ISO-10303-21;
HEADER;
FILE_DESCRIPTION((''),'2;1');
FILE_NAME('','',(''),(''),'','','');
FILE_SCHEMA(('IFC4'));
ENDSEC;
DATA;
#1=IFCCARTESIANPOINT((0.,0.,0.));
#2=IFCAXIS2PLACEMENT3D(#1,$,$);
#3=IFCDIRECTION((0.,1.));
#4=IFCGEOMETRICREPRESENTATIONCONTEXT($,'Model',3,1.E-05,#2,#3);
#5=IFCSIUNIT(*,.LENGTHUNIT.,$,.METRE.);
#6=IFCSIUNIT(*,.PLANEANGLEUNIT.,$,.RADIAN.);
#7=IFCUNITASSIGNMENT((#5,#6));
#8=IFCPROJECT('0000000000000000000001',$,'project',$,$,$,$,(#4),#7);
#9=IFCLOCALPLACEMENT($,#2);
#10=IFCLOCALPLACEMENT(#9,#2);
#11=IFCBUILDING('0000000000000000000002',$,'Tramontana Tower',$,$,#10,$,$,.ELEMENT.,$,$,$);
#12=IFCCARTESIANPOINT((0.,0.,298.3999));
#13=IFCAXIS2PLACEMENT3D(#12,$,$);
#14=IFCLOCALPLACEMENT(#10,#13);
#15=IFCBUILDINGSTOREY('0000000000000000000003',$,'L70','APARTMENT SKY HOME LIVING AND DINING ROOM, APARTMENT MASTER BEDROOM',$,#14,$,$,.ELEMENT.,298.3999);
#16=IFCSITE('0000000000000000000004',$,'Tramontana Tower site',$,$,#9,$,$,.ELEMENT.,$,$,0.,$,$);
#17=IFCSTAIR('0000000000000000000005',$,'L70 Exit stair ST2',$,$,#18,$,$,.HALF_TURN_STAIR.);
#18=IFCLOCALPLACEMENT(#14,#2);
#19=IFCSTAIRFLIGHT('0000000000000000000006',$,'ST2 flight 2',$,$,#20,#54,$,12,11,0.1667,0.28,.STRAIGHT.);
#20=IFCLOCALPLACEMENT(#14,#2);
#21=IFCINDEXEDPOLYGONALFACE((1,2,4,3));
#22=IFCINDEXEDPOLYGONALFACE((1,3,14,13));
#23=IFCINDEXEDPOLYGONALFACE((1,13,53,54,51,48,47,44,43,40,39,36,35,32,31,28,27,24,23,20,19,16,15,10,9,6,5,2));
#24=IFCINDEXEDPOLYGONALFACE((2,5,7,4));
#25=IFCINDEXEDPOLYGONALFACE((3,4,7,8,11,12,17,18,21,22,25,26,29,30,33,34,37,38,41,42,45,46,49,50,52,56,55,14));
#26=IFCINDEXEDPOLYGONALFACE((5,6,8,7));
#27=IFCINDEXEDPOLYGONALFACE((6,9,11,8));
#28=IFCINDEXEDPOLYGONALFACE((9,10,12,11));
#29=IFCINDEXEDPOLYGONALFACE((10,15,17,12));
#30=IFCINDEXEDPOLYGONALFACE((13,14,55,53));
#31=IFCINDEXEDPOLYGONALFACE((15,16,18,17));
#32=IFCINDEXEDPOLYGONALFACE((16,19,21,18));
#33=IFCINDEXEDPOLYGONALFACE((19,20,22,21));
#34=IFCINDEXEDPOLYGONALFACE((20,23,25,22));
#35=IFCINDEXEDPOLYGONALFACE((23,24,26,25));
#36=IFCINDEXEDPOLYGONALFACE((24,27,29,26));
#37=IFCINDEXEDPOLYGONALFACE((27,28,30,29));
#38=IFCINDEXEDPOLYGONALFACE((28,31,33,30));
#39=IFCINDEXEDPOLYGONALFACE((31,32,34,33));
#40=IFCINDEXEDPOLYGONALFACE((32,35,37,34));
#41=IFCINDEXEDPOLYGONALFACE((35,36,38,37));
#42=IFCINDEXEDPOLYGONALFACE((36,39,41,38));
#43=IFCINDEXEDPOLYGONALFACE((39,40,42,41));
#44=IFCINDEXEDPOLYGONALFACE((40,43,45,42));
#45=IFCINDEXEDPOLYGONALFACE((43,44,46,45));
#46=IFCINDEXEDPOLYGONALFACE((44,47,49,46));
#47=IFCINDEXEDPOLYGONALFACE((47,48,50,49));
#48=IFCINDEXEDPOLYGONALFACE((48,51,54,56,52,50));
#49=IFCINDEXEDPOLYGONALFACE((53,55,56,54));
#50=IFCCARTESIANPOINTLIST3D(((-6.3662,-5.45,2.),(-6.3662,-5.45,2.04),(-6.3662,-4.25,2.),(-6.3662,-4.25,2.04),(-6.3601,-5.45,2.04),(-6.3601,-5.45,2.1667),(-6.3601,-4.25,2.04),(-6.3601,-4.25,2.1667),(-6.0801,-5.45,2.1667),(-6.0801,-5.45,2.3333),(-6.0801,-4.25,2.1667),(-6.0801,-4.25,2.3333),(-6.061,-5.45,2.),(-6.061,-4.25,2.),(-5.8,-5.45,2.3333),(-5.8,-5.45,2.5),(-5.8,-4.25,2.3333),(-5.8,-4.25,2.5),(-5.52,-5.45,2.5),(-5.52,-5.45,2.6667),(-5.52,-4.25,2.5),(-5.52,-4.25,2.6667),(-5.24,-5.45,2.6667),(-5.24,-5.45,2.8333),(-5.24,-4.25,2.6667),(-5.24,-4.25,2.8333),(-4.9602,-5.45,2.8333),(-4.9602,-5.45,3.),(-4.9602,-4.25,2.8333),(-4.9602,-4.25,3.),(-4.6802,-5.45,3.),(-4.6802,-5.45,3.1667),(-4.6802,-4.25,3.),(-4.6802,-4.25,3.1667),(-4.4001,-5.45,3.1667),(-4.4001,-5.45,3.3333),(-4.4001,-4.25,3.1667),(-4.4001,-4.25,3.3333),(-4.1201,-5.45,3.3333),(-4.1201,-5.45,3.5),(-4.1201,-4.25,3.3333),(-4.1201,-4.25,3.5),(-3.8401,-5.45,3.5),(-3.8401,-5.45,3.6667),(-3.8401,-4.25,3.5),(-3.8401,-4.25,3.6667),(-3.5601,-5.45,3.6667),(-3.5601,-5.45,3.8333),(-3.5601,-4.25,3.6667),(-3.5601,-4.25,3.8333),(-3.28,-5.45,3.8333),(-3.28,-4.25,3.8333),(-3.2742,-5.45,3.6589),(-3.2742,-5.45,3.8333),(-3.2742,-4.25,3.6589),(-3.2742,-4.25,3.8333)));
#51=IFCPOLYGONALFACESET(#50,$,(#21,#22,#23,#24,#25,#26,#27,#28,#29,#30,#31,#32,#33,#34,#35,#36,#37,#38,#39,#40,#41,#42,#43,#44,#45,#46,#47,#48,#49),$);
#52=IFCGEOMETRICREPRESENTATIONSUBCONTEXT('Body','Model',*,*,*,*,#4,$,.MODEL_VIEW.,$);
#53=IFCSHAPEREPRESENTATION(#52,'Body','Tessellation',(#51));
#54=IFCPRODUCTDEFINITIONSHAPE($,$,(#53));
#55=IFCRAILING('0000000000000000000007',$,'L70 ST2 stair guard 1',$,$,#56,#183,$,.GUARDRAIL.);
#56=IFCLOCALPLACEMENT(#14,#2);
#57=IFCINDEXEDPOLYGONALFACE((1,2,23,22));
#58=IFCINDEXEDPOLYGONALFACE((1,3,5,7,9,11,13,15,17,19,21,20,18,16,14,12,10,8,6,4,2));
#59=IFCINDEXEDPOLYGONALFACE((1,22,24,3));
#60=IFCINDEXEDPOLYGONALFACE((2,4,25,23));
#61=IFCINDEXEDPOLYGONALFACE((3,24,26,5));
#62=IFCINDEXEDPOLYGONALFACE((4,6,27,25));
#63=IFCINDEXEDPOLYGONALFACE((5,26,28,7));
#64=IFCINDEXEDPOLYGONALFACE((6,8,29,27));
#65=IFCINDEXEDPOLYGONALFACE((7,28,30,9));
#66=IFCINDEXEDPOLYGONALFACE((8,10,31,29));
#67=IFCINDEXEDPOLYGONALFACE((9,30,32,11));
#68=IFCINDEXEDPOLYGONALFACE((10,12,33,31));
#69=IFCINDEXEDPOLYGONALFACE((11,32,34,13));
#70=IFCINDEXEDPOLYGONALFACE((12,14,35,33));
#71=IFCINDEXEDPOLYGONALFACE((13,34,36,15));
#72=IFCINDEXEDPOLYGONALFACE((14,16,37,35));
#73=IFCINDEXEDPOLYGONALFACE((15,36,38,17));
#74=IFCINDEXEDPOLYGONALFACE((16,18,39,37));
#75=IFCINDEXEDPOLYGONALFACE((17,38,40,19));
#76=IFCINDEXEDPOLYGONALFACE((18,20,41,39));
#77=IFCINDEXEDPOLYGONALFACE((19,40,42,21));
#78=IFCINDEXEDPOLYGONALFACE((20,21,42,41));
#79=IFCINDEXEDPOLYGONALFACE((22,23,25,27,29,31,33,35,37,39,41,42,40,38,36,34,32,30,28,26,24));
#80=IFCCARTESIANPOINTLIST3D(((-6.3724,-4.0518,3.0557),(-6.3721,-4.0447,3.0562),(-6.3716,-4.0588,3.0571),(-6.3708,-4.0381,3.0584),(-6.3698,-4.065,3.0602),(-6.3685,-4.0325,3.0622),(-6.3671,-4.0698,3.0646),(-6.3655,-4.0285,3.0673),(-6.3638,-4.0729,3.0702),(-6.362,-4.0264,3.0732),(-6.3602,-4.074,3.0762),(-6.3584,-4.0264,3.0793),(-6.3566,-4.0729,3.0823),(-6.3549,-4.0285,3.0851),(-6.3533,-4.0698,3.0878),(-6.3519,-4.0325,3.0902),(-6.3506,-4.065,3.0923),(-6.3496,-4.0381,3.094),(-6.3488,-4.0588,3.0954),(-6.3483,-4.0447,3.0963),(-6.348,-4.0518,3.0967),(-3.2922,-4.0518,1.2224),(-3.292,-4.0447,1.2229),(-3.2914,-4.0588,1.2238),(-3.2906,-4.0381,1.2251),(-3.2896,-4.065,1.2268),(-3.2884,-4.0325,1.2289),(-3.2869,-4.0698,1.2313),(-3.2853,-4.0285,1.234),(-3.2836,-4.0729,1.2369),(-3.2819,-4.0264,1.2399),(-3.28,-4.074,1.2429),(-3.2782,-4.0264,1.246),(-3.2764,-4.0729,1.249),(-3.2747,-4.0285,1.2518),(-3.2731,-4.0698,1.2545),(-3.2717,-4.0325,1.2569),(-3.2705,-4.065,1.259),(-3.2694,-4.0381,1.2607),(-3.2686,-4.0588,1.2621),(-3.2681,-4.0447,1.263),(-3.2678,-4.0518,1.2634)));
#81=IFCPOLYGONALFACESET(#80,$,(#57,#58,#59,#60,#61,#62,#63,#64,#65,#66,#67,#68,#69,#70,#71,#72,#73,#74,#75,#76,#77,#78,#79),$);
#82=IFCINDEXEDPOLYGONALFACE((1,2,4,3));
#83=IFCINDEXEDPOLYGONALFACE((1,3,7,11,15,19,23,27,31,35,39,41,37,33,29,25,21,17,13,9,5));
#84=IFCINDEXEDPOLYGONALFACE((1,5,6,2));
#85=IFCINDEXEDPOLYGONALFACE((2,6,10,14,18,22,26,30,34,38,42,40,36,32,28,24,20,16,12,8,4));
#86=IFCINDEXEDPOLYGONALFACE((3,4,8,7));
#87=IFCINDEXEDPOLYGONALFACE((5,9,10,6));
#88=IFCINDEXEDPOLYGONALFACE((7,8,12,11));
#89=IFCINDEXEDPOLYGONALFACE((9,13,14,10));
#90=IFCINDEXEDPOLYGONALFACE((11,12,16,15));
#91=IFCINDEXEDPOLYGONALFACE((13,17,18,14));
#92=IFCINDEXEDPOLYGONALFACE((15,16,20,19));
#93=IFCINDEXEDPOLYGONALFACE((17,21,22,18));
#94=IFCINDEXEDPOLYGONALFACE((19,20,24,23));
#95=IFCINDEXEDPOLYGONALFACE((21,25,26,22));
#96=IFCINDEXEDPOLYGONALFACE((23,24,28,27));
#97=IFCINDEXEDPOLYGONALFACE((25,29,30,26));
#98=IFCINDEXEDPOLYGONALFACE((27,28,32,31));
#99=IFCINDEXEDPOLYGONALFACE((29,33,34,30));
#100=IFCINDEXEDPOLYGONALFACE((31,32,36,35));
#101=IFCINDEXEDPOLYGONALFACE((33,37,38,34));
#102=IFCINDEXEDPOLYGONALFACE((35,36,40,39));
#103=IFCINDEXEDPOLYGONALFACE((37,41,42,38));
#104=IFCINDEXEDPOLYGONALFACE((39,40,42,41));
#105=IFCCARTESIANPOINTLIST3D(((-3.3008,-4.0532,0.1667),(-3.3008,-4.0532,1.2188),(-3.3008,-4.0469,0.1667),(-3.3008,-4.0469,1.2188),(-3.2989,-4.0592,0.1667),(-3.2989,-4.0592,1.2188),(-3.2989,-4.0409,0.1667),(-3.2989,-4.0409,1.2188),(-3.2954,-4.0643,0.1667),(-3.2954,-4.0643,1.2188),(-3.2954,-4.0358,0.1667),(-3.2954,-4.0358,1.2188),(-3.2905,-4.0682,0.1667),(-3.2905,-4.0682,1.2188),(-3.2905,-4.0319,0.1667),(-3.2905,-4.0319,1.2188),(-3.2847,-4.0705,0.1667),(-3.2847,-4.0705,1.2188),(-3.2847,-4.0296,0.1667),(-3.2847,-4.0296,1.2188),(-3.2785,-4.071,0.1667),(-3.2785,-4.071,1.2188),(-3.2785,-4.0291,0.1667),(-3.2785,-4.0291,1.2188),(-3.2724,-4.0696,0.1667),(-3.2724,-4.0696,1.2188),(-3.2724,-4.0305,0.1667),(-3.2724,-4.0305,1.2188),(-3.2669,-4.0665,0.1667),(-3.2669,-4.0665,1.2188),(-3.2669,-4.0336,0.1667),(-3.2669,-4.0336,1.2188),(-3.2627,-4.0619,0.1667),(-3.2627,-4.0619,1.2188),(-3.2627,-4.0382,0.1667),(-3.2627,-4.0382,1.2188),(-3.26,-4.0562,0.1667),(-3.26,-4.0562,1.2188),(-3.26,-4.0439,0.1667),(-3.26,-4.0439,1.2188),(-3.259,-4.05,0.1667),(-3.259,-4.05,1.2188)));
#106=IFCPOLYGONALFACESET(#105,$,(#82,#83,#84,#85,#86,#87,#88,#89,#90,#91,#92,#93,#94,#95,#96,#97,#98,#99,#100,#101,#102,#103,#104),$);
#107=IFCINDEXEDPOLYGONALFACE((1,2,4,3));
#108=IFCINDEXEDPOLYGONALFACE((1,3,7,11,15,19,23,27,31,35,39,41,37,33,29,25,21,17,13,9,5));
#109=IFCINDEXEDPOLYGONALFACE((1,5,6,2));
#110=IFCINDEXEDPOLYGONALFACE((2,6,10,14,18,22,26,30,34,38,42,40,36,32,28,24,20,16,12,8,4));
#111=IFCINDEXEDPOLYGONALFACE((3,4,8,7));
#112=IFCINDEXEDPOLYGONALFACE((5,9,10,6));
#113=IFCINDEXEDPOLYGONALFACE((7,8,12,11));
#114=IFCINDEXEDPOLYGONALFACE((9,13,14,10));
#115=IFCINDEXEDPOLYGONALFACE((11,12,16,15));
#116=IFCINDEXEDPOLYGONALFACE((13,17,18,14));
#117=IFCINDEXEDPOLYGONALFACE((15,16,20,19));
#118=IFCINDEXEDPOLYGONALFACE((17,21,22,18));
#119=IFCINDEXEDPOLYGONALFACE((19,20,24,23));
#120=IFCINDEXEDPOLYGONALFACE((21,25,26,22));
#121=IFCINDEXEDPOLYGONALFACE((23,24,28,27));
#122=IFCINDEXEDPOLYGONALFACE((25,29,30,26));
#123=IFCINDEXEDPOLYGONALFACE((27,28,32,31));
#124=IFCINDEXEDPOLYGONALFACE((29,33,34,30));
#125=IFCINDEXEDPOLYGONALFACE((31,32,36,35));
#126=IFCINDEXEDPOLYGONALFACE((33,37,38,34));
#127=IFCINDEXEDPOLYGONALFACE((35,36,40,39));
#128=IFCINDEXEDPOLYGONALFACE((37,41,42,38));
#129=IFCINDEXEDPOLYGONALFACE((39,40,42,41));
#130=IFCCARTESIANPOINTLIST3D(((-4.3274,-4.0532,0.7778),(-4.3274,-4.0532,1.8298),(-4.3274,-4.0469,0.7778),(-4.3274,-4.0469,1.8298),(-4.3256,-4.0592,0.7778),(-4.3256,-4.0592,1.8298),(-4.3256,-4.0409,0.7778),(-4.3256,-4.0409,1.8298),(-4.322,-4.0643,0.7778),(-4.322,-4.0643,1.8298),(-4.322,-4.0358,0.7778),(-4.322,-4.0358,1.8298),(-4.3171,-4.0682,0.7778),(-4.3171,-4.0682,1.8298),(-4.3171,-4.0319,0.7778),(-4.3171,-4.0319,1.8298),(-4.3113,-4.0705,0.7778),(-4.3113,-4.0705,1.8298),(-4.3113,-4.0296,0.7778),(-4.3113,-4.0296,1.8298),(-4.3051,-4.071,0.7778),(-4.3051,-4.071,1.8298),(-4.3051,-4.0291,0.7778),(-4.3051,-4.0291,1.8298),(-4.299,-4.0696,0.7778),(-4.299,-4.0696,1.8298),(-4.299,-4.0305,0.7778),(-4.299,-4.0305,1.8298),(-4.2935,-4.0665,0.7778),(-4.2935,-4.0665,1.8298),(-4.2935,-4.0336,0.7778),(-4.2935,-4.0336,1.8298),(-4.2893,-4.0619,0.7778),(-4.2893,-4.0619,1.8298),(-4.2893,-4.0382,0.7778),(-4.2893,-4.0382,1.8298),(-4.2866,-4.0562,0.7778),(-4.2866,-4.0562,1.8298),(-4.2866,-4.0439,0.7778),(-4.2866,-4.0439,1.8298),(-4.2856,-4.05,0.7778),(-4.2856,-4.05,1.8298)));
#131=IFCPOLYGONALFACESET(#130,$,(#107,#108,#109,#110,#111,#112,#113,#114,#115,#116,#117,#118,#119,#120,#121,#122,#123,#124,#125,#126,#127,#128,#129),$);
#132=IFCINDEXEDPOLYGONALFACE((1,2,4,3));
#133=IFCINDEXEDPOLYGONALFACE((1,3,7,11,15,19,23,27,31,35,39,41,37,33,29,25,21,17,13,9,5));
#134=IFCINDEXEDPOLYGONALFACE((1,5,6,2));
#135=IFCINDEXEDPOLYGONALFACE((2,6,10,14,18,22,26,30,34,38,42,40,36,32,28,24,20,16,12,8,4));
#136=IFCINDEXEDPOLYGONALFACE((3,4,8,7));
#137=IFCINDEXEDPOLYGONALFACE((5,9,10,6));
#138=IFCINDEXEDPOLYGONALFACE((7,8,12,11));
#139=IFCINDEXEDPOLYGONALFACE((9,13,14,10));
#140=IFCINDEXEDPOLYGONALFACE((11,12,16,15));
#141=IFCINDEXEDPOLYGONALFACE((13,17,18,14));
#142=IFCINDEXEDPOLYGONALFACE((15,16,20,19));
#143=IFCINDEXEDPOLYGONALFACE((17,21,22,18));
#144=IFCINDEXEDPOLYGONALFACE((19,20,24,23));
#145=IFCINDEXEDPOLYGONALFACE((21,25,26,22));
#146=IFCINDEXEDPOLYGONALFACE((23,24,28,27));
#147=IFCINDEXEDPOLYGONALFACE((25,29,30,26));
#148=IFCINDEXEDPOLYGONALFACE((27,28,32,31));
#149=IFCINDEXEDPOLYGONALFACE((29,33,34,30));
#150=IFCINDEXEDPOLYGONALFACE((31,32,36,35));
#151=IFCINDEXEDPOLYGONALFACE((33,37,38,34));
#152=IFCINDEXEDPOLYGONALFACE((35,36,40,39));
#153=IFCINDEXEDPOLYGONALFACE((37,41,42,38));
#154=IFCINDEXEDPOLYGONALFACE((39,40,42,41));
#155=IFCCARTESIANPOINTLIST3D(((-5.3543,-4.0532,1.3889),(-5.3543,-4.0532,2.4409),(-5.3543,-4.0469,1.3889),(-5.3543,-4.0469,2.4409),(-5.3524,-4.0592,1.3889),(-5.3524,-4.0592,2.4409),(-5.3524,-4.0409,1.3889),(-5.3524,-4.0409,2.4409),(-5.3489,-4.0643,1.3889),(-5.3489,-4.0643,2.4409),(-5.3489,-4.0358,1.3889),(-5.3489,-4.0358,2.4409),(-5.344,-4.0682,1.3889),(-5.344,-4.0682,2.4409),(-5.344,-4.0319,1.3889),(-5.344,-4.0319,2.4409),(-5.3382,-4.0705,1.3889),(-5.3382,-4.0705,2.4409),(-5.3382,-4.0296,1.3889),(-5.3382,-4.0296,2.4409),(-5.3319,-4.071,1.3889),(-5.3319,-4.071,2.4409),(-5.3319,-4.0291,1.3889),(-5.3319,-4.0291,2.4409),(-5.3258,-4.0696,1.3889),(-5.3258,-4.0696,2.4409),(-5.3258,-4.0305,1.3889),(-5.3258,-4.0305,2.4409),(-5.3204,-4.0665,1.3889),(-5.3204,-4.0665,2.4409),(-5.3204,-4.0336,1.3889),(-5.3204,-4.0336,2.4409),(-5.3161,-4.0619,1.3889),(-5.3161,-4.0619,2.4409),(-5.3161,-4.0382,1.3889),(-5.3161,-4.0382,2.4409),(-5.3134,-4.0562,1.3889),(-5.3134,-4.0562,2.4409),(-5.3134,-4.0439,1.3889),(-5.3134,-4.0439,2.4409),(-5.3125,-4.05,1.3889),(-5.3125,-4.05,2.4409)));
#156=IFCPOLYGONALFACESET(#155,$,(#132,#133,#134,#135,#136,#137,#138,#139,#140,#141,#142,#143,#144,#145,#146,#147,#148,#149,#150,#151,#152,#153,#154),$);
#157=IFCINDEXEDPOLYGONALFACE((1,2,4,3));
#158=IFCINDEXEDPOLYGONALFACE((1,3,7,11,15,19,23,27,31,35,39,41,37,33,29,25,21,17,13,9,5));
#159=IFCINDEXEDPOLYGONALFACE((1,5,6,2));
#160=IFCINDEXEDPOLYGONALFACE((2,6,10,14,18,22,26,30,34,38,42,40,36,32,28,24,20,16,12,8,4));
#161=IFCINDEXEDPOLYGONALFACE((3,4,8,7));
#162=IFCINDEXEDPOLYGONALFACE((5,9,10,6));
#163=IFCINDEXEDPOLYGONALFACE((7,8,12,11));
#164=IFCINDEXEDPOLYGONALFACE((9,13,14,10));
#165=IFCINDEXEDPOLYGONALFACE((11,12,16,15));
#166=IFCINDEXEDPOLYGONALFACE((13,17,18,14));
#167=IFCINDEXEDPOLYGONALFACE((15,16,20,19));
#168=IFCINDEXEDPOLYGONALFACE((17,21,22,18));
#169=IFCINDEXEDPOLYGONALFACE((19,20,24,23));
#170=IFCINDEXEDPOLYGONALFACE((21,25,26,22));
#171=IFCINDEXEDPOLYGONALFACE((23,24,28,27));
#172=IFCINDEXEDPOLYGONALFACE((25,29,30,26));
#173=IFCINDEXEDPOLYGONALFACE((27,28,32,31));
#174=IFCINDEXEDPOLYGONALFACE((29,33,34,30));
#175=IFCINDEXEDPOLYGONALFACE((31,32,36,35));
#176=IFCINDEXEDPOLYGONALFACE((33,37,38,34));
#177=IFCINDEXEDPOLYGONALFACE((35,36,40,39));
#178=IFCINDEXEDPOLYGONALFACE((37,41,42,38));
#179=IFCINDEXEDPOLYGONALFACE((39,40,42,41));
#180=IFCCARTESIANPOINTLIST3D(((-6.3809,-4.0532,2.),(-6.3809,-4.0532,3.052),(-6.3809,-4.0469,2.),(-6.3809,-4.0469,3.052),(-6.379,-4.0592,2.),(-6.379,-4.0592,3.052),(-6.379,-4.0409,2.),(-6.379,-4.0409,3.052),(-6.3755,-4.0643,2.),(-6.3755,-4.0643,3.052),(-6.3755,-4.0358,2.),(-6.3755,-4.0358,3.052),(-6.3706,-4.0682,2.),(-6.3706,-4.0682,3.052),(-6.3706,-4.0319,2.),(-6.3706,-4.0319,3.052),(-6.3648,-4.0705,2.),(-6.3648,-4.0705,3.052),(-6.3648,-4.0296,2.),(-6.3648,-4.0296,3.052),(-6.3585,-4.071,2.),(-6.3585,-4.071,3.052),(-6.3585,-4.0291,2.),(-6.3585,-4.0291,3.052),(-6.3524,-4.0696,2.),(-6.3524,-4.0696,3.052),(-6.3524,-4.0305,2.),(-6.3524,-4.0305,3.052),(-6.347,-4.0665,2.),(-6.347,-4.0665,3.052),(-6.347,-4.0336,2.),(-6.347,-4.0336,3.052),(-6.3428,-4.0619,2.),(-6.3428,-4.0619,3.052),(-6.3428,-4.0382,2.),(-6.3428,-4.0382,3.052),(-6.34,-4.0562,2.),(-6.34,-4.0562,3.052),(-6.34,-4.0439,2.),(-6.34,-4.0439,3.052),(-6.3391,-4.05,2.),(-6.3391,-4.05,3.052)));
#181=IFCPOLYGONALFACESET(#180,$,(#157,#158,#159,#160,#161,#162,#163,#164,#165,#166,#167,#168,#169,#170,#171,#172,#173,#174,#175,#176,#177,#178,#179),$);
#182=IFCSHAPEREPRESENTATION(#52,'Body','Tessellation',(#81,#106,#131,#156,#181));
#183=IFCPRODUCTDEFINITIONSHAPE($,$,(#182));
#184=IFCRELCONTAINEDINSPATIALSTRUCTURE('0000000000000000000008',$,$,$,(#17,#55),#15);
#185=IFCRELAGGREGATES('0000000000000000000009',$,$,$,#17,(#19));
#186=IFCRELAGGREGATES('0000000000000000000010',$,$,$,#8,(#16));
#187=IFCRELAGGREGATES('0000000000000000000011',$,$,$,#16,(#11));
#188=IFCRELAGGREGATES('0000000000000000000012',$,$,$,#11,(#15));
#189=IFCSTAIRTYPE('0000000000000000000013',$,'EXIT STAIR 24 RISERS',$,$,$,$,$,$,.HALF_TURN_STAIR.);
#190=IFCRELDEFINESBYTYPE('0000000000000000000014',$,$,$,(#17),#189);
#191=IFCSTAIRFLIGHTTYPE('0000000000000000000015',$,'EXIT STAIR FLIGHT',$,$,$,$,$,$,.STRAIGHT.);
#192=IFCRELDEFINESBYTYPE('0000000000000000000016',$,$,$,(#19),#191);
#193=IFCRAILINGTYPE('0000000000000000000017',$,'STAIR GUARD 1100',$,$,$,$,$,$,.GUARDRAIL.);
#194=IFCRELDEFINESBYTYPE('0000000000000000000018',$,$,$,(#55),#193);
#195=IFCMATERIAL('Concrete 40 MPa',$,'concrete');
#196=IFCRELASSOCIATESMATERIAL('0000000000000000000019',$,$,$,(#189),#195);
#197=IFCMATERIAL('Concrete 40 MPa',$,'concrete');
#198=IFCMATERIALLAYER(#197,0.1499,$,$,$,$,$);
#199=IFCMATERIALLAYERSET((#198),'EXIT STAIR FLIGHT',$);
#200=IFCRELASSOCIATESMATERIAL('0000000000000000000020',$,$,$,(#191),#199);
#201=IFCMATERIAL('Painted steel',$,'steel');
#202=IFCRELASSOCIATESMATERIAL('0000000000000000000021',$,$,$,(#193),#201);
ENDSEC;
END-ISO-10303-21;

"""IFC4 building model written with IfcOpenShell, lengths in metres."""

from ifc_helpers import new_model, si_unit, direction, frame, origin, origin_2d, place, context, subcontext, project, spatial, polyline, circle, outline, extrude, material, layer, layer_set, type_object, element, aggregate, save


model = new_model("IFC4")

# Units and contexts
model_context = context("Model", 3, precision=1e-05, world=origin(), true_north=direction((0.0, 1.0)))
body_context = subcontext(model_context, "Body", "Model", "MODEL_VIEW")
ifc_project = project(units=[si_unit("LENGTHUNIT", "METRE"), si_unit("PLANEANGLEUNIT", "RADIAN")], contexts=[model_context])

# Site, building, storey
site_placement = place(None, origin())
site = spatial("IfcSite", under=ifc_project, at=site_placement, Name="Tramontana Tower site", CompositionType="ELEMENT", RefElevation=0.0)
building_placement = place(site_placement, origin())
building = spatial("IfcBuilding", under=site, at=building_placement, Name="Tramontana Tower", CompositionType="ELEMENT")
storey_placement = place(building_placement, frame((0.0, 0.0, 298.3999)))
storey = spatial("IfcBuildingStorey", under=building, at=storey_placement, Name="L70", Description="APARTMENT SKY HOME LIVING AND DINING ROOM, APARTMENT MASTER BEDROOM", CompositionType="ELEMENT", Elevation=298.3999)

# Stair, stair flight
ifc_material_1 = material(Name="Concrete 40 MPa", Category="concrete")
stair_type = type_object("IfcStairType", Name="EXIT STAIR 24 RISERS", PredefinedType="HALF_TURN_STAIR", material=ifc_material_1)
stair_placement = place(storey_placement, origin())
stair = element("IfcStair", 1, at=stair_placement, inside=storey, type_object=stair_type, Name="L70 Exit stair ST2", PredefinedType="HALF_TURN_STAIR")
ifc_material_2 = material(Name="Concrete 40 MPa", Category="concrete")
ifc_layer_1 = layer(ifc_material_2, 0.1499)
ifc_layer_set_1 = layer_set([ifc_layer_1], Name="EXIT STAIR FLIGHT")
stair_flight_type = type_object("IfcStairFlightType", Name="EXIT STAIR FLIGHT", PredefinedType="STRAIGHT", material=ifc_layer_set_1)
stair_flight_1_placement = place(storey_placement, frame((-6.3601, -4.8501, 2.0), z_axis=(0.0, 0.0, 1.0), x_axis=(1.0, 0.0, 0.0)))
stair_flight_1 = element("IfcStairFlight", 2, at=stair_flight_1_placement, type_object=stair_flight_type, Name="ST2 flight 2", NumberOfRisers=12, NumberOfTreads=11, PredefinedType="STRAIGHT", RiserHeight=0.1667, TreadLength=0.28, context=body_context, shape_type="SweptSolid", body=[
    extrude(outline(polyline([(-0.0061, 0.0), (-0.0061, 0.04), (0.0, 0.04), (0.0, 0.1667), (0.28, 0.1667), (0.28, 0.3333), (0.5601, 0.3333), (0.5601, 0.5), (0.8401, 0.5), (0.8401, 0.6667), (1.1201, 0.6667), (1.1201, 0.8333), (1.3999, 0.8333), (1.3999, 1.0), (1.6799, 1.0), (1.6799, 1.1667), (1.96, 1.1667), (1.96, 1.3333), (2.24, 1.3333), (2.24, 1.5), (2.52, 1.5), (2.52, 1.6667), (2.8, 1.6667), (2.8, 1.8333), (3.0801, 1.8333), (3.0859, 1.8333), (3.0859, 1.6589), (0.2991, 0.0), (-0.0061, 0.0)])), frame((0.0, 0.6001, 0.0), z_axis=(0.0, -1.0, 0.0), x_axis=(1.0, 0.0, 0.0)), (0.0, 0.0, 1.0), 1.2),
])
aggregate(stair, [stair_flight_1])

# Railing
ifc_material_3 = material(Name="Painted steel", Category="steel")
railing_type_1 = type_object("IfcRailingType", Name="STAIR GUARD 1100", PredefinedType="GUARDRAIL", material=ifc_material_3)
railing_1_placement = place(storey_placement, frame((-3.28, -4.05, 0.1667)))
element("IfcRailing", 3, at=railing_1_placement, inside=storey, type_object=railing_type_1, Name="L70 ST2 stair guard 1", PredefinedType="GUARDRAIL", context=body_context, shape_type="SweptSolid", body=[
    extrude(circle(Radius=0.0239, at=origin_2d()), frame((0.0, 0.0, 1.0762), z_axis=(-0.859309, 0.0, 0.511458), x_axis=(0.0, -1.0, 0.0)), (0.0, 0.0, 1.0), 3.5845),
    extrude(circle(Radius=0.021, at=origin_2d()), origin(), (0.0, 0.0, 1.0), 1.052),
    extrude(circle(Radius=0.021, at=origin_2d()), frame((-1.0266, 0.0, 0.6111)), (0.0, 0.0, 1.0), 1.052),
    extrude(circle(Radius=0.021, at=origin_2d()), frame((-2.0535, 0.0, 1.2222)), (0.0, 0.0, 1.0), 1.052),
    extrude(circle(Radius=0.021, at=origin_2d()), frame((-3.0801, 0.0, 1.8333)), (0.0, 0.0, 1.0), 1.052),
])

save(model, "model.ifc")
